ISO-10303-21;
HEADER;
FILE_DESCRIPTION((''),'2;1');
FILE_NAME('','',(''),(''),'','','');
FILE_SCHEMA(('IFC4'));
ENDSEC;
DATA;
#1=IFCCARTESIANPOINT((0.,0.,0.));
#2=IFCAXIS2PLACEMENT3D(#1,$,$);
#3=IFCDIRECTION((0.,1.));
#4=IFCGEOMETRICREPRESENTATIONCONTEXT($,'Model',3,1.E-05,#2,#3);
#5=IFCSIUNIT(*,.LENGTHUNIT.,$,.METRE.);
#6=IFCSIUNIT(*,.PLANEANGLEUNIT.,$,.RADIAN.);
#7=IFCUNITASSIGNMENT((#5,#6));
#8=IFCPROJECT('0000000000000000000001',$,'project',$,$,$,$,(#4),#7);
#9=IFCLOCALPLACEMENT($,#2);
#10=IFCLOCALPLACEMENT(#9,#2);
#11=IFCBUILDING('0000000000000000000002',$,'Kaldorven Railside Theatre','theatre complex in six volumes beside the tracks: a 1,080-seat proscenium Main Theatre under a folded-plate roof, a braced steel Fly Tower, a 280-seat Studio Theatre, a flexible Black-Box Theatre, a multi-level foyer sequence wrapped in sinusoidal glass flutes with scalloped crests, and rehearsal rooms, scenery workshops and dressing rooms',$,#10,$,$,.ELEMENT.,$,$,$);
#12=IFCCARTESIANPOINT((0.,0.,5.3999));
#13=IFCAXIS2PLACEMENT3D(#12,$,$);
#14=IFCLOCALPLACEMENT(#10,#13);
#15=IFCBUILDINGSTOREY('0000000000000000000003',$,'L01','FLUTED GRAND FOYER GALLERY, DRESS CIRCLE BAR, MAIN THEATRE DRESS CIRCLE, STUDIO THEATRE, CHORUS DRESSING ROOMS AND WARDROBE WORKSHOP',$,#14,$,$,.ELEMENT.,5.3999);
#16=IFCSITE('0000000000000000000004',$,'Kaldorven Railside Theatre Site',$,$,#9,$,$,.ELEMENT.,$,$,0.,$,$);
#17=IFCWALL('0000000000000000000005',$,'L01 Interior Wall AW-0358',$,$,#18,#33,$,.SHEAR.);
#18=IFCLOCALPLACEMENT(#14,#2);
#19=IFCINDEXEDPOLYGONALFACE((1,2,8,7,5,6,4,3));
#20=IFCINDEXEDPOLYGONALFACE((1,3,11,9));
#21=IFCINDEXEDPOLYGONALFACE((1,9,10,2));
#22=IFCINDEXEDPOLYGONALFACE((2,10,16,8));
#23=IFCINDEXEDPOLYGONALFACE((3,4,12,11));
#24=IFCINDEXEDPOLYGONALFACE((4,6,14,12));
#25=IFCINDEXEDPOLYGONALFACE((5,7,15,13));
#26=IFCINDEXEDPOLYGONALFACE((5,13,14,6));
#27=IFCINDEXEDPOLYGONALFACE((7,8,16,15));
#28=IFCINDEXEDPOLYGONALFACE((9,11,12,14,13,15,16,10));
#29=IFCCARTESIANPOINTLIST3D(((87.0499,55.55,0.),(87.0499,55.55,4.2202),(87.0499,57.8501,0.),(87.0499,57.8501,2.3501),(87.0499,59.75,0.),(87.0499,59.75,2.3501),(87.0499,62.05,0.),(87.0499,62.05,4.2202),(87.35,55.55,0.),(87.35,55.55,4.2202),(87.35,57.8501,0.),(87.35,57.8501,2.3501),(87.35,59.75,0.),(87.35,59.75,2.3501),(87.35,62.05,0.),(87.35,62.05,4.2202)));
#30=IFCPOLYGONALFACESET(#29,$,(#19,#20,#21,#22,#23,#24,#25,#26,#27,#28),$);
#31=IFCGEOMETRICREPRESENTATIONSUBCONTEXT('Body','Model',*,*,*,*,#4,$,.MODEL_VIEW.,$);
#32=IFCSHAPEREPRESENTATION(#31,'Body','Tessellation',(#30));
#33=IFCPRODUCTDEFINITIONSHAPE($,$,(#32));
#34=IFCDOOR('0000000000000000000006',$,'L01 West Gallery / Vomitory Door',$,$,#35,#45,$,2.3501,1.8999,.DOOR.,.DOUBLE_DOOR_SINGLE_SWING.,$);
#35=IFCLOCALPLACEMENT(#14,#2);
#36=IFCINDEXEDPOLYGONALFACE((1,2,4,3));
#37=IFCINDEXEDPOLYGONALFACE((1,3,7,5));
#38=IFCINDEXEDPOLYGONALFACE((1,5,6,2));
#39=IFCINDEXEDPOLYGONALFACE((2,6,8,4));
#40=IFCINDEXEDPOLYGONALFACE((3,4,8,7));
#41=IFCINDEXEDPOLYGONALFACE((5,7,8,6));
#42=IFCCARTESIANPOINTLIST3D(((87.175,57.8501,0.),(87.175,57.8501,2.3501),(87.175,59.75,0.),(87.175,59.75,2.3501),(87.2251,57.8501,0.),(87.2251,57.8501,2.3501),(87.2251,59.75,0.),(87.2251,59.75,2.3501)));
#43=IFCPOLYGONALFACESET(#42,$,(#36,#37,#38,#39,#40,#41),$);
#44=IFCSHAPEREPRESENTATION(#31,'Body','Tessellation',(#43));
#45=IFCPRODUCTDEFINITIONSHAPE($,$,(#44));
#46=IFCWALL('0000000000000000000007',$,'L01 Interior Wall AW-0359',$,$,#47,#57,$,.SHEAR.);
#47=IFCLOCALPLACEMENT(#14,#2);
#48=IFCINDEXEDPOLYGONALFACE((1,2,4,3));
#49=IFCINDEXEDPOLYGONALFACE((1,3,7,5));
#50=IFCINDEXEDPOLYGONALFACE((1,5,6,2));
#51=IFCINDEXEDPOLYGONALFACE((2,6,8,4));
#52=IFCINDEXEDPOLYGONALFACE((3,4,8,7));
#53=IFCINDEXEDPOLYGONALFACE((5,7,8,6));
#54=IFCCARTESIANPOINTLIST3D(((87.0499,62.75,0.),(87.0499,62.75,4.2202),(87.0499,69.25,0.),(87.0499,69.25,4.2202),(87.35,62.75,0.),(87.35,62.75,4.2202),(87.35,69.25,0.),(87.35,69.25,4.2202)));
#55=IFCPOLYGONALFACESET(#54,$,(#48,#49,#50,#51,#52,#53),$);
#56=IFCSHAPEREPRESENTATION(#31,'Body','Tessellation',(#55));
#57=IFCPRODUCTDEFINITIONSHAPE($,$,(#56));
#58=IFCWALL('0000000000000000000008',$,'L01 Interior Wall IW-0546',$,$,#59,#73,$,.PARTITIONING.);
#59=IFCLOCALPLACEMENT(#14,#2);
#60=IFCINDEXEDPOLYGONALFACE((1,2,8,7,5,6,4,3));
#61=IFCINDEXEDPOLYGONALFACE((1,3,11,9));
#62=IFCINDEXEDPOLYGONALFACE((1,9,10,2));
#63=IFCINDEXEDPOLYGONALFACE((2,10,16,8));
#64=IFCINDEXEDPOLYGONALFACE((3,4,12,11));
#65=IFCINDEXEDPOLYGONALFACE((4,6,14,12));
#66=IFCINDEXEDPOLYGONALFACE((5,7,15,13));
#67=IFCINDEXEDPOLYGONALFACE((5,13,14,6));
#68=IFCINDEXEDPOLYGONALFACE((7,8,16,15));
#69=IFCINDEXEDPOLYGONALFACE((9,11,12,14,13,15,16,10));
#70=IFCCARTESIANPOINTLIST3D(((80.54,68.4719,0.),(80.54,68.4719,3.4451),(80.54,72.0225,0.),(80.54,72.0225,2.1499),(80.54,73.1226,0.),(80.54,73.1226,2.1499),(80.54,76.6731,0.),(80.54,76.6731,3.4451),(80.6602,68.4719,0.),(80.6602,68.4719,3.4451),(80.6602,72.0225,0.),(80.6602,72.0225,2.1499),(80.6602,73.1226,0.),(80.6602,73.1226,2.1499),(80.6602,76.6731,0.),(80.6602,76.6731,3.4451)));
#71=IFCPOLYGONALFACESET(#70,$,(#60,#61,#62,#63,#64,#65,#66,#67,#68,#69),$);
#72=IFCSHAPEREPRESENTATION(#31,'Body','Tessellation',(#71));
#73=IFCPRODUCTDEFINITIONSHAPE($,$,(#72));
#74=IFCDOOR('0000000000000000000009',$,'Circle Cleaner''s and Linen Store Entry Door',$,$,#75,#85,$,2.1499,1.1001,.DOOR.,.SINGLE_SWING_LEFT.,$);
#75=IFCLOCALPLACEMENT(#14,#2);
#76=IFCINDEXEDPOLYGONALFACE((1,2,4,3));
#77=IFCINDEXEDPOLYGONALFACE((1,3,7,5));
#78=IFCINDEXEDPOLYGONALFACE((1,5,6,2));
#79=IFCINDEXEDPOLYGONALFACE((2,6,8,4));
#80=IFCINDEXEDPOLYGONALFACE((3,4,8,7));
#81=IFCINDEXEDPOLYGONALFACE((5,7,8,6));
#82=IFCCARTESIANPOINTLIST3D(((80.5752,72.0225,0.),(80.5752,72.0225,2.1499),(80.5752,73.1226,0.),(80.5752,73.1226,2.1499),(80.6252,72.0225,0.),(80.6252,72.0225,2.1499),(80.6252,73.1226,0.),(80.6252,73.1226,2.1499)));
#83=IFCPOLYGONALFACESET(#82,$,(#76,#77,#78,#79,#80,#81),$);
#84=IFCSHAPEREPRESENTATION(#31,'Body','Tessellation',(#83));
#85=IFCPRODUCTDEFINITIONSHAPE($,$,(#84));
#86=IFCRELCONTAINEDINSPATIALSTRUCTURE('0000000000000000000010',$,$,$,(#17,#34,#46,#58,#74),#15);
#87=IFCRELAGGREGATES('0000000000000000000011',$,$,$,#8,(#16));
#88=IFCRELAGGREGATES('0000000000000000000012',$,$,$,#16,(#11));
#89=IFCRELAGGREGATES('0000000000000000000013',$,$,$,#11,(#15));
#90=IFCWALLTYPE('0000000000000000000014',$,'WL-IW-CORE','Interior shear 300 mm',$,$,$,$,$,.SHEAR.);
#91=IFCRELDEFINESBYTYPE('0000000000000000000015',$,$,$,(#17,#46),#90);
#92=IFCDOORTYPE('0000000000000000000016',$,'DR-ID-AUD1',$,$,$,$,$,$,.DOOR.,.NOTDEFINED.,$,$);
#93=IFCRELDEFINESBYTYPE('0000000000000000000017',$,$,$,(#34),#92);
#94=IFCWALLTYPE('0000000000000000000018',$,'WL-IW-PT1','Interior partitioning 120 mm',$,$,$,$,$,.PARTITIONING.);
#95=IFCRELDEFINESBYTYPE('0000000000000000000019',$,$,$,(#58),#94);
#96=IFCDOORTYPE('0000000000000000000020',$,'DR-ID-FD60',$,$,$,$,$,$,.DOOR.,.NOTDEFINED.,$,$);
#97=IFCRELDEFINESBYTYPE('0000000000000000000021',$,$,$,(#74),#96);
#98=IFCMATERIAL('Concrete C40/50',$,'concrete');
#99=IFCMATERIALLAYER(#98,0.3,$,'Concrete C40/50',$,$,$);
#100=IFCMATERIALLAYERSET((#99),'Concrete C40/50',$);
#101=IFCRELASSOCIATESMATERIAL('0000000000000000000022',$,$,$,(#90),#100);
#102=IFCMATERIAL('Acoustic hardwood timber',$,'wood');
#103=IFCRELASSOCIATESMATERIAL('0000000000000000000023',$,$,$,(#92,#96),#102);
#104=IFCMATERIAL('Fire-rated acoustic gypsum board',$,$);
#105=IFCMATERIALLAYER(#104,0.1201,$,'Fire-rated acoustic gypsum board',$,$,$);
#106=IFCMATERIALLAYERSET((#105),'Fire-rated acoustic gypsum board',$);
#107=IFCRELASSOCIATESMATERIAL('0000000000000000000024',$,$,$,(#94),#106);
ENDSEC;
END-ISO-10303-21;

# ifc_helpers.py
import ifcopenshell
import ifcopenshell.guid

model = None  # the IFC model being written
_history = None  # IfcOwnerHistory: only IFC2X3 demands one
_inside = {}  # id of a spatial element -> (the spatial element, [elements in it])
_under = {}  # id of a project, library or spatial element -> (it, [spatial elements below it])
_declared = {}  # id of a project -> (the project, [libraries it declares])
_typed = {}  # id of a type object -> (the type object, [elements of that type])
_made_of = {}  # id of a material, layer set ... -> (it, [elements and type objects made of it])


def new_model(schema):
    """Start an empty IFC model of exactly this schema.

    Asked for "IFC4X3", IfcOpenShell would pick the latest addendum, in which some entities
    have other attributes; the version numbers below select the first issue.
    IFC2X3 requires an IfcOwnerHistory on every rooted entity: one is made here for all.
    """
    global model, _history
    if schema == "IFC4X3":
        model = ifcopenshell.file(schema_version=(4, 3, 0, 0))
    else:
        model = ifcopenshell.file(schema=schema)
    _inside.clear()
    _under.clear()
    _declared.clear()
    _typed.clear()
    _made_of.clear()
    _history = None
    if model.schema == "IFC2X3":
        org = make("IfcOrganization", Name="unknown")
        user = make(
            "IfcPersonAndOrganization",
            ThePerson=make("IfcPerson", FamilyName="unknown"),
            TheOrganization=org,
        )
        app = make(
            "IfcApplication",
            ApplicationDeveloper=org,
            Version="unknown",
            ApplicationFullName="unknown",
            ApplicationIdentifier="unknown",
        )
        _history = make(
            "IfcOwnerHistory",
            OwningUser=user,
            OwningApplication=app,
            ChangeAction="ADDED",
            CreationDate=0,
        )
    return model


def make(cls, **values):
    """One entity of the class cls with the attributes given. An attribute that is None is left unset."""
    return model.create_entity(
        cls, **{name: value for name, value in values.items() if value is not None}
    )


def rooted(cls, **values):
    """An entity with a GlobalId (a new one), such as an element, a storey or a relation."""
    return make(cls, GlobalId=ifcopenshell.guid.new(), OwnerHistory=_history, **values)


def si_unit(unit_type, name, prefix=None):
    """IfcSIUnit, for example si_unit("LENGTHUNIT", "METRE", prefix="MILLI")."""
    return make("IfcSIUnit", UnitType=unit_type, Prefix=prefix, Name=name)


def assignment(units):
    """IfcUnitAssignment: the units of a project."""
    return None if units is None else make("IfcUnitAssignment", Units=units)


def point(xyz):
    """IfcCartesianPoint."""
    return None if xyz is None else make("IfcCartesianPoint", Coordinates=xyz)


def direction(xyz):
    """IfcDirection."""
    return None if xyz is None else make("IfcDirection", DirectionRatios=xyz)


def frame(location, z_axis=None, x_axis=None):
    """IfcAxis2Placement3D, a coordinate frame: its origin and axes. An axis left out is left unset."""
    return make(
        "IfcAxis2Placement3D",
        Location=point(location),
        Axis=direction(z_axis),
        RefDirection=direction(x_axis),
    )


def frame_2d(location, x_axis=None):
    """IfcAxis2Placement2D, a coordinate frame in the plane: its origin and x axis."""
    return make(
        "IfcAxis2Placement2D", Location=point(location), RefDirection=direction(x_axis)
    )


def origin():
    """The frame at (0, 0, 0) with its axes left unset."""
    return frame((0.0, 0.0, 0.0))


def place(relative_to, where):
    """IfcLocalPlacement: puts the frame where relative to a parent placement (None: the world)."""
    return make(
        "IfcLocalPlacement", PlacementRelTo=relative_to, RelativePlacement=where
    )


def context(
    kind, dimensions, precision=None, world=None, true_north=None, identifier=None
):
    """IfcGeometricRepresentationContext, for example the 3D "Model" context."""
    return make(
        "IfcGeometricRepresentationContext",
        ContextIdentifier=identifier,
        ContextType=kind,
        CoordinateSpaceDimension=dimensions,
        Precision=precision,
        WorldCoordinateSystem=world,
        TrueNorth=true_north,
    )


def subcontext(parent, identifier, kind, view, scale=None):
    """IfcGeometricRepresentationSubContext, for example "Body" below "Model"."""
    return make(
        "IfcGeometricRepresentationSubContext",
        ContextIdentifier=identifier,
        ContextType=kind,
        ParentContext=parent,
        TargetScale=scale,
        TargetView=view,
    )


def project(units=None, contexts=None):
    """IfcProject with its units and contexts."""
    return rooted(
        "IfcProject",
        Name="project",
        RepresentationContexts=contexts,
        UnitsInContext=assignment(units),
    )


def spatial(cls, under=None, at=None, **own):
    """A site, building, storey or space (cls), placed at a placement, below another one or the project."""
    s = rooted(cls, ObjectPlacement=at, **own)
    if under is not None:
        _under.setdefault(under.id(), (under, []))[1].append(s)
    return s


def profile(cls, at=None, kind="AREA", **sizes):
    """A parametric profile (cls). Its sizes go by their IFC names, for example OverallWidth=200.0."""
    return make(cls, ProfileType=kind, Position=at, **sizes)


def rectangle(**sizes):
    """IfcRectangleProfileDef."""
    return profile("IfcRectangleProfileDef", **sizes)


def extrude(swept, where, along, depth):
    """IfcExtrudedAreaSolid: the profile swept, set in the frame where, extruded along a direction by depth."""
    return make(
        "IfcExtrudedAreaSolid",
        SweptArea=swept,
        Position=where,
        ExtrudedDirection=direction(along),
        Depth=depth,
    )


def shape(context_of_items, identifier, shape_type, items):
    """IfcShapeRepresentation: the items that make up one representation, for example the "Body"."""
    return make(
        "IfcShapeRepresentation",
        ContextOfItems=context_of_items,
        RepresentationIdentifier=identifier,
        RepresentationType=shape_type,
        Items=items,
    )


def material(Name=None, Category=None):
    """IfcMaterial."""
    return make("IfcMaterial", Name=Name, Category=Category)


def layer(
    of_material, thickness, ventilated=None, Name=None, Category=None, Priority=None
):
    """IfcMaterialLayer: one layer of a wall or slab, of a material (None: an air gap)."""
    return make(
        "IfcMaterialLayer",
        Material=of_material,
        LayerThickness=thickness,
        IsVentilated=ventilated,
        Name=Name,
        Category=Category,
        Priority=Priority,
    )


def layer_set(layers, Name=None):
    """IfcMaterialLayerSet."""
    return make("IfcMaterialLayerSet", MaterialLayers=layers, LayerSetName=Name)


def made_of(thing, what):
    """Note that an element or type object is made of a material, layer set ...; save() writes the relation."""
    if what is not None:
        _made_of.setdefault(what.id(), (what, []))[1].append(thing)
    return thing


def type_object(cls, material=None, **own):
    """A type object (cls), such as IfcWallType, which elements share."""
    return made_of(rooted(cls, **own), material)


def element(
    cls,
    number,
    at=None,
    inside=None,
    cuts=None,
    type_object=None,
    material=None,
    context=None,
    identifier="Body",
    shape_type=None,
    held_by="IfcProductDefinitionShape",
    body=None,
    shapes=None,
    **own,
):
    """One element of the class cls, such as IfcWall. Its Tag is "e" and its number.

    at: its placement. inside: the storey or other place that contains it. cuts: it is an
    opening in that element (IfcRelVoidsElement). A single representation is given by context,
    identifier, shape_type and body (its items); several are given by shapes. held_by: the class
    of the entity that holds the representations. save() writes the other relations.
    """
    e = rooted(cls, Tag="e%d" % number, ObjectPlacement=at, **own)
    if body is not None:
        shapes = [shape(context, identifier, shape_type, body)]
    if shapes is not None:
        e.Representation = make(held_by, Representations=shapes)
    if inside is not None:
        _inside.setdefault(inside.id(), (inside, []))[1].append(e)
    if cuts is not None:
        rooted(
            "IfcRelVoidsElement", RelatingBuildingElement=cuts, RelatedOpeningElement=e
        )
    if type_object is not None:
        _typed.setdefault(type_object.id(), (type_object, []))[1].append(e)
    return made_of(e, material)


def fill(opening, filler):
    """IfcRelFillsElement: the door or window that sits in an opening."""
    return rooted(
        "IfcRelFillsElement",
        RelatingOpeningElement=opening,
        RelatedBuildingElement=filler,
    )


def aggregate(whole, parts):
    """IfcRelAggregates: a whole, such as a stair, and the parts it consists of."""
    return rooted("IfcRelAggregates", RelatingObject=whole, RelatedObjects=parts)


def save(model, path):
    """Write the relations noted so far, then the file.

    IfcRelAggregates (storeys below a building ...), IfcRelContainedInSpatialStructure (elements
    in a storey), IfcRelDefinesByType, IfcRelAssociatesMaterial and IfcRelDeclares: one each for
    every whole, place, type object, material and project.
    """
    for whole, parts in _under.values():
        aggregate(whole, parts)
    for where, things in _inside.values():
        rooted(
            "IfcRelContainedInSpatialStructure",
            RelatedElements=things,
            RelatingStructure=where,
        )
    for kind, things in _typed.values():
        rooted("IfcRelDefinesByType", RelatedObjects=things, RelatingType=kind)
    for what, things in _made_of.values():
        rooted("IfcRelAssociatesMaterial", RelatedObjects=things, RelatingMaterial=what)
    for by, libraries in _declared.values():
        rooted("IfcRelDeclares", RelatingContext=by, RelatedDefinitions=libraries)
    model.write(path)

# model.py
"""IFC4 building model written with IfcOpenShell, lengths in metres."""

from ifc_helpers import new_model, si_unit, direction, frame, frame_2d, origin, place, context, subcontext, project, spatial, rectangle, extrude, material, layer, layer_set, type_object, element, fill, save


model = new_model("IFC4")

# Units and contexts
model_context = context("Model", 3, precision=1e-05, world=origin(), true_north=direction((0.0, 1.0)))
body_context = subcontext(model_context, "Body", "Model", "MODEL_VIEW")
ifc_project = project(units=[si_unit("LENGTHUNIT", "METRE"), si_unit("PLANEANGLEUNIT", "RADIAN")], contexts=[model_context])

# Site, building, storey
site_placement = place(None, origin())
site = spatial("IfcSite", under=ifc_project, at=site_placement, Name="Kaldorven Railside Theatre Site", CompositionType="ELEMENT", RefElevation=0.0)
building_placement = place(site_placement, origin())
building = spatial("IfcBuilding", under=site, at=building_placement, Name="Kaldorven Railside Theatre", Description="theatre complex in six volumes beside the tracks: a 1,080-seat proscenium Main Theatre under a folded-plate roof, a braced steel Fly Tower, a 280-seat Studio Theatre, a flexible Black-Box Theatre, a multi-level foyer sequence wrapped in sinusoidal glass flutes with scalloped crests, and rehearsal rooms, scenery workshops and dressing rooms", CompositionType="ELEMENT")
storey_placement = place(building_placement, frame((0.0, 0.0, 5.3999)))
storey = spatial("IfcBuildingStorey", under=building, at=storey_placement, Name="L01", Description="FLUTED GRAND FOYER GALLERY, DRESS CIRCLE BAR, MAIN THEATRE DRESS CIRCLE, STUDIO THEATRE, CHORUS DRESSING ROOMS AND WARDROBE WORKSHOP", CompositionType="ELEMENT", Elevation=5.3999)

# Shared definitions
ifc_material_1 = material(Name="Concrete C40/50", Category="concrete")

# Shared definitions
ifc_material_2 = material(Name="Acoustic hardwood timber", Category="wood")

# Wall, opening, door
ifc_layer_1 = layer(ifc_material_1, 0.3, Name="Concrete C40/50")
ifc_layer_set_1 = layer_set([ifc_layer_1], Name="Concrete C40/50")
wall_type_1 = type_object("IfcWallType", Name="WL-IW-CORE", Description="Interior shear 300 mm", PredefinedType="SHEAR", material=ifc_layer_set_1)
wall_1_placement = place(storey_placement, frame((87.2, 55.55, 0.0), z_axis=(0.0, 0.0, 1.0), x_axis=(0.0, 1.0, 0.0)))
wall_1 = element("IfcWall", 1, at=wall_1_placement, inside=storey, type_object=wall_type_1, Name="L01 Interior Wall AW-0358", PredefinedType="SHEAR", context=body_context, shape_type="SweptSolid", body=[
    extrude(rectangle(XDim=6.5, YDim=0.3, at=frame_2d((3.25, 0.0))), origin(), (0.0, 0.0, 1.0), 4.2202),
])
opening_1_placement = place(wall_1_placement, frame((2.3, 0.0, 0.0)))
opening_1 = element("IfcOpeningElement", 2, at=opening_1_placement, cuts=wall_1, PredefinedType="OPENING", context=body_context, shape_type="SweptSolid", body=[
    extrude(rectangle(XDim=1.8999, YDim=2.3501, at=frame_2d((0.95, 1.175))), frame((0.0, 0.1602, 0.0), z_axis=(0.0, -1.0, 0.0), x_axis=(1.0, 0.0, 0.0)), (0.0, 0.0, 1.0), 0.3201),
])
door_type_1 = type_object("IfcDoorType", Name="DR-ID-AUD1", OperationType="NOTDEFINED", PredefinedType="DOOR", material=ifc_material_2)
door_1_placement = place(opening_1_placement, origin())
door_1 = element("IfcDoor", 3, at=door_1_placement, inside=storey, type_object=door_type_1, Name="L01 West Gallery / Vomitory Door", OperationType="DOUBLE_DOOR_SINGLE_SWING", OverallHeight=2.3501, OverallWidth=1.8999, PredefinedType="DOOR", context=body_context, shape_type="SweptSolid", body=[
    extrude(rectangle(XDim=1.8999, YDim=2.3501, at=frame_2d((0.95, 1.175))), frame((0.0, 0.0249, 0.0), z_axis=(0.0, -1.0, 0.0), x_axis=(1.0, 0.0, 0.0)), (0.0, 0.0, 1.0), 0.05),
])
fill(opening_1, door_1)

# Wall
wall_2_placement = place(storey_placement, frame((87.2, 62.75, 0.0), z_axis=(0.0, 0.0, 1.0), x_axis=(0.0, 1.0, 0.0)))
element("IfcWall", 4, at=wall_2_placement, inside=storey, type_object=wall_type_1, Name="L01 Interior Wall AW-0359", PredefinedType="SHEAR", context=body_context, shape_type="SweptSolid", body=[
    extrude(rectangle(XDim=6.5, YDim=0.3, at=frame_2d((3.25, 0.0))), origin(), (0.0, 0.0, 1.0), 4.2202),
])

# Wall, opening, door
ifc_material_3 = material(Name="Fire-rated acoustic gypsum board")
ifc_layer_2 = layer(ifc_material_3, 0.1201, Name="Fire-rated acoustic gypsum board")
ifc_layer_set_2 = layer_set([ifc_layer_2], Name="Fire-rated acoustic gypsum board")
wall_type_2 = type_object("IfcWallType", Name="WL-IW-PT1", Description="Interior partitioning 120 mm", PredefinedType="PARTITIONING", material=ifc_layer_set_2)
wall_3_placement = place(storey_placement, frame((80.6001, 68.4719, 0.0), z_axis=(0.0, 0.0, 1.0), x_axis=(0.0, 1.0, 0.0)))
wall_3 = element("IfcWall", 5, at=wall_3_placement, inside=storey, type_object=wall_type_2, Name="L01 Interior Wall IW-0546", PredefinedType="PARTITIONING", context=body_context, shape_type="SweptSolid", body=[
    extrude(rectangle(XDim=8.2012, YDim=0.1201, at=frame_2d((4.1006, 0.0))), origin(), (0.0, 0.0, 1.0), 3.4451),
])
opening_2_placement = place(wall_3_placement, frame((3.5505, 0.0, 0.0)))
opening_2 = element("IfcOpeningElement", 6, at=opening_2_placement, cuts=wall_3, PredefinedType="OPENING", context=body_context, shape_type="SweptSolid", body=[
    extrude(rectangle(XDim=1.1001, YDim=2.1499, at=frame_2d((0.55, 1.075))), frame((0.0, 0.0701, 0.0), z_axis=(0.0, -1.0, 0.0), x_axis=(1.0, 0.0, 0.0)), (0.0, 0.0, 1.0), 0.1401),
])
door_type_2 = type_object("IfcDoorType", Name="DR-ID-FD60", OperationType="NOTDEFINED", PredefinedType="DOOR", material=ifc_material_2)
door_2_placement = place(opening_2_placement, origin())
door_2 = element("IfcDoor", 7, at=door_2_placement, inside=storey, type_object=door_type_2, Name="Circle Cleaner's and Linen Store Entry Door", OperationType="SINGLE_SWING_LEFT", OverallHeight=2.1499, OverallWidth=1.1001, PredefinedType="DOOR", context=body_context, shape_type="SweptSolid", body=[
    extrude(rectangle(XDim=1.1001, YDim=2.1499, at=frame_2d((0.55, 1.075))), frame((0.0, 0.0249, 0.0), z_axis=(0.0, -1.0, 0.0), x_axis=(1.0, 0.0, 0.0)), (0.0, 0.0, 1.0), 0.05),
])
fill(opening_2, door_2)

save(model, "model.ifc")
